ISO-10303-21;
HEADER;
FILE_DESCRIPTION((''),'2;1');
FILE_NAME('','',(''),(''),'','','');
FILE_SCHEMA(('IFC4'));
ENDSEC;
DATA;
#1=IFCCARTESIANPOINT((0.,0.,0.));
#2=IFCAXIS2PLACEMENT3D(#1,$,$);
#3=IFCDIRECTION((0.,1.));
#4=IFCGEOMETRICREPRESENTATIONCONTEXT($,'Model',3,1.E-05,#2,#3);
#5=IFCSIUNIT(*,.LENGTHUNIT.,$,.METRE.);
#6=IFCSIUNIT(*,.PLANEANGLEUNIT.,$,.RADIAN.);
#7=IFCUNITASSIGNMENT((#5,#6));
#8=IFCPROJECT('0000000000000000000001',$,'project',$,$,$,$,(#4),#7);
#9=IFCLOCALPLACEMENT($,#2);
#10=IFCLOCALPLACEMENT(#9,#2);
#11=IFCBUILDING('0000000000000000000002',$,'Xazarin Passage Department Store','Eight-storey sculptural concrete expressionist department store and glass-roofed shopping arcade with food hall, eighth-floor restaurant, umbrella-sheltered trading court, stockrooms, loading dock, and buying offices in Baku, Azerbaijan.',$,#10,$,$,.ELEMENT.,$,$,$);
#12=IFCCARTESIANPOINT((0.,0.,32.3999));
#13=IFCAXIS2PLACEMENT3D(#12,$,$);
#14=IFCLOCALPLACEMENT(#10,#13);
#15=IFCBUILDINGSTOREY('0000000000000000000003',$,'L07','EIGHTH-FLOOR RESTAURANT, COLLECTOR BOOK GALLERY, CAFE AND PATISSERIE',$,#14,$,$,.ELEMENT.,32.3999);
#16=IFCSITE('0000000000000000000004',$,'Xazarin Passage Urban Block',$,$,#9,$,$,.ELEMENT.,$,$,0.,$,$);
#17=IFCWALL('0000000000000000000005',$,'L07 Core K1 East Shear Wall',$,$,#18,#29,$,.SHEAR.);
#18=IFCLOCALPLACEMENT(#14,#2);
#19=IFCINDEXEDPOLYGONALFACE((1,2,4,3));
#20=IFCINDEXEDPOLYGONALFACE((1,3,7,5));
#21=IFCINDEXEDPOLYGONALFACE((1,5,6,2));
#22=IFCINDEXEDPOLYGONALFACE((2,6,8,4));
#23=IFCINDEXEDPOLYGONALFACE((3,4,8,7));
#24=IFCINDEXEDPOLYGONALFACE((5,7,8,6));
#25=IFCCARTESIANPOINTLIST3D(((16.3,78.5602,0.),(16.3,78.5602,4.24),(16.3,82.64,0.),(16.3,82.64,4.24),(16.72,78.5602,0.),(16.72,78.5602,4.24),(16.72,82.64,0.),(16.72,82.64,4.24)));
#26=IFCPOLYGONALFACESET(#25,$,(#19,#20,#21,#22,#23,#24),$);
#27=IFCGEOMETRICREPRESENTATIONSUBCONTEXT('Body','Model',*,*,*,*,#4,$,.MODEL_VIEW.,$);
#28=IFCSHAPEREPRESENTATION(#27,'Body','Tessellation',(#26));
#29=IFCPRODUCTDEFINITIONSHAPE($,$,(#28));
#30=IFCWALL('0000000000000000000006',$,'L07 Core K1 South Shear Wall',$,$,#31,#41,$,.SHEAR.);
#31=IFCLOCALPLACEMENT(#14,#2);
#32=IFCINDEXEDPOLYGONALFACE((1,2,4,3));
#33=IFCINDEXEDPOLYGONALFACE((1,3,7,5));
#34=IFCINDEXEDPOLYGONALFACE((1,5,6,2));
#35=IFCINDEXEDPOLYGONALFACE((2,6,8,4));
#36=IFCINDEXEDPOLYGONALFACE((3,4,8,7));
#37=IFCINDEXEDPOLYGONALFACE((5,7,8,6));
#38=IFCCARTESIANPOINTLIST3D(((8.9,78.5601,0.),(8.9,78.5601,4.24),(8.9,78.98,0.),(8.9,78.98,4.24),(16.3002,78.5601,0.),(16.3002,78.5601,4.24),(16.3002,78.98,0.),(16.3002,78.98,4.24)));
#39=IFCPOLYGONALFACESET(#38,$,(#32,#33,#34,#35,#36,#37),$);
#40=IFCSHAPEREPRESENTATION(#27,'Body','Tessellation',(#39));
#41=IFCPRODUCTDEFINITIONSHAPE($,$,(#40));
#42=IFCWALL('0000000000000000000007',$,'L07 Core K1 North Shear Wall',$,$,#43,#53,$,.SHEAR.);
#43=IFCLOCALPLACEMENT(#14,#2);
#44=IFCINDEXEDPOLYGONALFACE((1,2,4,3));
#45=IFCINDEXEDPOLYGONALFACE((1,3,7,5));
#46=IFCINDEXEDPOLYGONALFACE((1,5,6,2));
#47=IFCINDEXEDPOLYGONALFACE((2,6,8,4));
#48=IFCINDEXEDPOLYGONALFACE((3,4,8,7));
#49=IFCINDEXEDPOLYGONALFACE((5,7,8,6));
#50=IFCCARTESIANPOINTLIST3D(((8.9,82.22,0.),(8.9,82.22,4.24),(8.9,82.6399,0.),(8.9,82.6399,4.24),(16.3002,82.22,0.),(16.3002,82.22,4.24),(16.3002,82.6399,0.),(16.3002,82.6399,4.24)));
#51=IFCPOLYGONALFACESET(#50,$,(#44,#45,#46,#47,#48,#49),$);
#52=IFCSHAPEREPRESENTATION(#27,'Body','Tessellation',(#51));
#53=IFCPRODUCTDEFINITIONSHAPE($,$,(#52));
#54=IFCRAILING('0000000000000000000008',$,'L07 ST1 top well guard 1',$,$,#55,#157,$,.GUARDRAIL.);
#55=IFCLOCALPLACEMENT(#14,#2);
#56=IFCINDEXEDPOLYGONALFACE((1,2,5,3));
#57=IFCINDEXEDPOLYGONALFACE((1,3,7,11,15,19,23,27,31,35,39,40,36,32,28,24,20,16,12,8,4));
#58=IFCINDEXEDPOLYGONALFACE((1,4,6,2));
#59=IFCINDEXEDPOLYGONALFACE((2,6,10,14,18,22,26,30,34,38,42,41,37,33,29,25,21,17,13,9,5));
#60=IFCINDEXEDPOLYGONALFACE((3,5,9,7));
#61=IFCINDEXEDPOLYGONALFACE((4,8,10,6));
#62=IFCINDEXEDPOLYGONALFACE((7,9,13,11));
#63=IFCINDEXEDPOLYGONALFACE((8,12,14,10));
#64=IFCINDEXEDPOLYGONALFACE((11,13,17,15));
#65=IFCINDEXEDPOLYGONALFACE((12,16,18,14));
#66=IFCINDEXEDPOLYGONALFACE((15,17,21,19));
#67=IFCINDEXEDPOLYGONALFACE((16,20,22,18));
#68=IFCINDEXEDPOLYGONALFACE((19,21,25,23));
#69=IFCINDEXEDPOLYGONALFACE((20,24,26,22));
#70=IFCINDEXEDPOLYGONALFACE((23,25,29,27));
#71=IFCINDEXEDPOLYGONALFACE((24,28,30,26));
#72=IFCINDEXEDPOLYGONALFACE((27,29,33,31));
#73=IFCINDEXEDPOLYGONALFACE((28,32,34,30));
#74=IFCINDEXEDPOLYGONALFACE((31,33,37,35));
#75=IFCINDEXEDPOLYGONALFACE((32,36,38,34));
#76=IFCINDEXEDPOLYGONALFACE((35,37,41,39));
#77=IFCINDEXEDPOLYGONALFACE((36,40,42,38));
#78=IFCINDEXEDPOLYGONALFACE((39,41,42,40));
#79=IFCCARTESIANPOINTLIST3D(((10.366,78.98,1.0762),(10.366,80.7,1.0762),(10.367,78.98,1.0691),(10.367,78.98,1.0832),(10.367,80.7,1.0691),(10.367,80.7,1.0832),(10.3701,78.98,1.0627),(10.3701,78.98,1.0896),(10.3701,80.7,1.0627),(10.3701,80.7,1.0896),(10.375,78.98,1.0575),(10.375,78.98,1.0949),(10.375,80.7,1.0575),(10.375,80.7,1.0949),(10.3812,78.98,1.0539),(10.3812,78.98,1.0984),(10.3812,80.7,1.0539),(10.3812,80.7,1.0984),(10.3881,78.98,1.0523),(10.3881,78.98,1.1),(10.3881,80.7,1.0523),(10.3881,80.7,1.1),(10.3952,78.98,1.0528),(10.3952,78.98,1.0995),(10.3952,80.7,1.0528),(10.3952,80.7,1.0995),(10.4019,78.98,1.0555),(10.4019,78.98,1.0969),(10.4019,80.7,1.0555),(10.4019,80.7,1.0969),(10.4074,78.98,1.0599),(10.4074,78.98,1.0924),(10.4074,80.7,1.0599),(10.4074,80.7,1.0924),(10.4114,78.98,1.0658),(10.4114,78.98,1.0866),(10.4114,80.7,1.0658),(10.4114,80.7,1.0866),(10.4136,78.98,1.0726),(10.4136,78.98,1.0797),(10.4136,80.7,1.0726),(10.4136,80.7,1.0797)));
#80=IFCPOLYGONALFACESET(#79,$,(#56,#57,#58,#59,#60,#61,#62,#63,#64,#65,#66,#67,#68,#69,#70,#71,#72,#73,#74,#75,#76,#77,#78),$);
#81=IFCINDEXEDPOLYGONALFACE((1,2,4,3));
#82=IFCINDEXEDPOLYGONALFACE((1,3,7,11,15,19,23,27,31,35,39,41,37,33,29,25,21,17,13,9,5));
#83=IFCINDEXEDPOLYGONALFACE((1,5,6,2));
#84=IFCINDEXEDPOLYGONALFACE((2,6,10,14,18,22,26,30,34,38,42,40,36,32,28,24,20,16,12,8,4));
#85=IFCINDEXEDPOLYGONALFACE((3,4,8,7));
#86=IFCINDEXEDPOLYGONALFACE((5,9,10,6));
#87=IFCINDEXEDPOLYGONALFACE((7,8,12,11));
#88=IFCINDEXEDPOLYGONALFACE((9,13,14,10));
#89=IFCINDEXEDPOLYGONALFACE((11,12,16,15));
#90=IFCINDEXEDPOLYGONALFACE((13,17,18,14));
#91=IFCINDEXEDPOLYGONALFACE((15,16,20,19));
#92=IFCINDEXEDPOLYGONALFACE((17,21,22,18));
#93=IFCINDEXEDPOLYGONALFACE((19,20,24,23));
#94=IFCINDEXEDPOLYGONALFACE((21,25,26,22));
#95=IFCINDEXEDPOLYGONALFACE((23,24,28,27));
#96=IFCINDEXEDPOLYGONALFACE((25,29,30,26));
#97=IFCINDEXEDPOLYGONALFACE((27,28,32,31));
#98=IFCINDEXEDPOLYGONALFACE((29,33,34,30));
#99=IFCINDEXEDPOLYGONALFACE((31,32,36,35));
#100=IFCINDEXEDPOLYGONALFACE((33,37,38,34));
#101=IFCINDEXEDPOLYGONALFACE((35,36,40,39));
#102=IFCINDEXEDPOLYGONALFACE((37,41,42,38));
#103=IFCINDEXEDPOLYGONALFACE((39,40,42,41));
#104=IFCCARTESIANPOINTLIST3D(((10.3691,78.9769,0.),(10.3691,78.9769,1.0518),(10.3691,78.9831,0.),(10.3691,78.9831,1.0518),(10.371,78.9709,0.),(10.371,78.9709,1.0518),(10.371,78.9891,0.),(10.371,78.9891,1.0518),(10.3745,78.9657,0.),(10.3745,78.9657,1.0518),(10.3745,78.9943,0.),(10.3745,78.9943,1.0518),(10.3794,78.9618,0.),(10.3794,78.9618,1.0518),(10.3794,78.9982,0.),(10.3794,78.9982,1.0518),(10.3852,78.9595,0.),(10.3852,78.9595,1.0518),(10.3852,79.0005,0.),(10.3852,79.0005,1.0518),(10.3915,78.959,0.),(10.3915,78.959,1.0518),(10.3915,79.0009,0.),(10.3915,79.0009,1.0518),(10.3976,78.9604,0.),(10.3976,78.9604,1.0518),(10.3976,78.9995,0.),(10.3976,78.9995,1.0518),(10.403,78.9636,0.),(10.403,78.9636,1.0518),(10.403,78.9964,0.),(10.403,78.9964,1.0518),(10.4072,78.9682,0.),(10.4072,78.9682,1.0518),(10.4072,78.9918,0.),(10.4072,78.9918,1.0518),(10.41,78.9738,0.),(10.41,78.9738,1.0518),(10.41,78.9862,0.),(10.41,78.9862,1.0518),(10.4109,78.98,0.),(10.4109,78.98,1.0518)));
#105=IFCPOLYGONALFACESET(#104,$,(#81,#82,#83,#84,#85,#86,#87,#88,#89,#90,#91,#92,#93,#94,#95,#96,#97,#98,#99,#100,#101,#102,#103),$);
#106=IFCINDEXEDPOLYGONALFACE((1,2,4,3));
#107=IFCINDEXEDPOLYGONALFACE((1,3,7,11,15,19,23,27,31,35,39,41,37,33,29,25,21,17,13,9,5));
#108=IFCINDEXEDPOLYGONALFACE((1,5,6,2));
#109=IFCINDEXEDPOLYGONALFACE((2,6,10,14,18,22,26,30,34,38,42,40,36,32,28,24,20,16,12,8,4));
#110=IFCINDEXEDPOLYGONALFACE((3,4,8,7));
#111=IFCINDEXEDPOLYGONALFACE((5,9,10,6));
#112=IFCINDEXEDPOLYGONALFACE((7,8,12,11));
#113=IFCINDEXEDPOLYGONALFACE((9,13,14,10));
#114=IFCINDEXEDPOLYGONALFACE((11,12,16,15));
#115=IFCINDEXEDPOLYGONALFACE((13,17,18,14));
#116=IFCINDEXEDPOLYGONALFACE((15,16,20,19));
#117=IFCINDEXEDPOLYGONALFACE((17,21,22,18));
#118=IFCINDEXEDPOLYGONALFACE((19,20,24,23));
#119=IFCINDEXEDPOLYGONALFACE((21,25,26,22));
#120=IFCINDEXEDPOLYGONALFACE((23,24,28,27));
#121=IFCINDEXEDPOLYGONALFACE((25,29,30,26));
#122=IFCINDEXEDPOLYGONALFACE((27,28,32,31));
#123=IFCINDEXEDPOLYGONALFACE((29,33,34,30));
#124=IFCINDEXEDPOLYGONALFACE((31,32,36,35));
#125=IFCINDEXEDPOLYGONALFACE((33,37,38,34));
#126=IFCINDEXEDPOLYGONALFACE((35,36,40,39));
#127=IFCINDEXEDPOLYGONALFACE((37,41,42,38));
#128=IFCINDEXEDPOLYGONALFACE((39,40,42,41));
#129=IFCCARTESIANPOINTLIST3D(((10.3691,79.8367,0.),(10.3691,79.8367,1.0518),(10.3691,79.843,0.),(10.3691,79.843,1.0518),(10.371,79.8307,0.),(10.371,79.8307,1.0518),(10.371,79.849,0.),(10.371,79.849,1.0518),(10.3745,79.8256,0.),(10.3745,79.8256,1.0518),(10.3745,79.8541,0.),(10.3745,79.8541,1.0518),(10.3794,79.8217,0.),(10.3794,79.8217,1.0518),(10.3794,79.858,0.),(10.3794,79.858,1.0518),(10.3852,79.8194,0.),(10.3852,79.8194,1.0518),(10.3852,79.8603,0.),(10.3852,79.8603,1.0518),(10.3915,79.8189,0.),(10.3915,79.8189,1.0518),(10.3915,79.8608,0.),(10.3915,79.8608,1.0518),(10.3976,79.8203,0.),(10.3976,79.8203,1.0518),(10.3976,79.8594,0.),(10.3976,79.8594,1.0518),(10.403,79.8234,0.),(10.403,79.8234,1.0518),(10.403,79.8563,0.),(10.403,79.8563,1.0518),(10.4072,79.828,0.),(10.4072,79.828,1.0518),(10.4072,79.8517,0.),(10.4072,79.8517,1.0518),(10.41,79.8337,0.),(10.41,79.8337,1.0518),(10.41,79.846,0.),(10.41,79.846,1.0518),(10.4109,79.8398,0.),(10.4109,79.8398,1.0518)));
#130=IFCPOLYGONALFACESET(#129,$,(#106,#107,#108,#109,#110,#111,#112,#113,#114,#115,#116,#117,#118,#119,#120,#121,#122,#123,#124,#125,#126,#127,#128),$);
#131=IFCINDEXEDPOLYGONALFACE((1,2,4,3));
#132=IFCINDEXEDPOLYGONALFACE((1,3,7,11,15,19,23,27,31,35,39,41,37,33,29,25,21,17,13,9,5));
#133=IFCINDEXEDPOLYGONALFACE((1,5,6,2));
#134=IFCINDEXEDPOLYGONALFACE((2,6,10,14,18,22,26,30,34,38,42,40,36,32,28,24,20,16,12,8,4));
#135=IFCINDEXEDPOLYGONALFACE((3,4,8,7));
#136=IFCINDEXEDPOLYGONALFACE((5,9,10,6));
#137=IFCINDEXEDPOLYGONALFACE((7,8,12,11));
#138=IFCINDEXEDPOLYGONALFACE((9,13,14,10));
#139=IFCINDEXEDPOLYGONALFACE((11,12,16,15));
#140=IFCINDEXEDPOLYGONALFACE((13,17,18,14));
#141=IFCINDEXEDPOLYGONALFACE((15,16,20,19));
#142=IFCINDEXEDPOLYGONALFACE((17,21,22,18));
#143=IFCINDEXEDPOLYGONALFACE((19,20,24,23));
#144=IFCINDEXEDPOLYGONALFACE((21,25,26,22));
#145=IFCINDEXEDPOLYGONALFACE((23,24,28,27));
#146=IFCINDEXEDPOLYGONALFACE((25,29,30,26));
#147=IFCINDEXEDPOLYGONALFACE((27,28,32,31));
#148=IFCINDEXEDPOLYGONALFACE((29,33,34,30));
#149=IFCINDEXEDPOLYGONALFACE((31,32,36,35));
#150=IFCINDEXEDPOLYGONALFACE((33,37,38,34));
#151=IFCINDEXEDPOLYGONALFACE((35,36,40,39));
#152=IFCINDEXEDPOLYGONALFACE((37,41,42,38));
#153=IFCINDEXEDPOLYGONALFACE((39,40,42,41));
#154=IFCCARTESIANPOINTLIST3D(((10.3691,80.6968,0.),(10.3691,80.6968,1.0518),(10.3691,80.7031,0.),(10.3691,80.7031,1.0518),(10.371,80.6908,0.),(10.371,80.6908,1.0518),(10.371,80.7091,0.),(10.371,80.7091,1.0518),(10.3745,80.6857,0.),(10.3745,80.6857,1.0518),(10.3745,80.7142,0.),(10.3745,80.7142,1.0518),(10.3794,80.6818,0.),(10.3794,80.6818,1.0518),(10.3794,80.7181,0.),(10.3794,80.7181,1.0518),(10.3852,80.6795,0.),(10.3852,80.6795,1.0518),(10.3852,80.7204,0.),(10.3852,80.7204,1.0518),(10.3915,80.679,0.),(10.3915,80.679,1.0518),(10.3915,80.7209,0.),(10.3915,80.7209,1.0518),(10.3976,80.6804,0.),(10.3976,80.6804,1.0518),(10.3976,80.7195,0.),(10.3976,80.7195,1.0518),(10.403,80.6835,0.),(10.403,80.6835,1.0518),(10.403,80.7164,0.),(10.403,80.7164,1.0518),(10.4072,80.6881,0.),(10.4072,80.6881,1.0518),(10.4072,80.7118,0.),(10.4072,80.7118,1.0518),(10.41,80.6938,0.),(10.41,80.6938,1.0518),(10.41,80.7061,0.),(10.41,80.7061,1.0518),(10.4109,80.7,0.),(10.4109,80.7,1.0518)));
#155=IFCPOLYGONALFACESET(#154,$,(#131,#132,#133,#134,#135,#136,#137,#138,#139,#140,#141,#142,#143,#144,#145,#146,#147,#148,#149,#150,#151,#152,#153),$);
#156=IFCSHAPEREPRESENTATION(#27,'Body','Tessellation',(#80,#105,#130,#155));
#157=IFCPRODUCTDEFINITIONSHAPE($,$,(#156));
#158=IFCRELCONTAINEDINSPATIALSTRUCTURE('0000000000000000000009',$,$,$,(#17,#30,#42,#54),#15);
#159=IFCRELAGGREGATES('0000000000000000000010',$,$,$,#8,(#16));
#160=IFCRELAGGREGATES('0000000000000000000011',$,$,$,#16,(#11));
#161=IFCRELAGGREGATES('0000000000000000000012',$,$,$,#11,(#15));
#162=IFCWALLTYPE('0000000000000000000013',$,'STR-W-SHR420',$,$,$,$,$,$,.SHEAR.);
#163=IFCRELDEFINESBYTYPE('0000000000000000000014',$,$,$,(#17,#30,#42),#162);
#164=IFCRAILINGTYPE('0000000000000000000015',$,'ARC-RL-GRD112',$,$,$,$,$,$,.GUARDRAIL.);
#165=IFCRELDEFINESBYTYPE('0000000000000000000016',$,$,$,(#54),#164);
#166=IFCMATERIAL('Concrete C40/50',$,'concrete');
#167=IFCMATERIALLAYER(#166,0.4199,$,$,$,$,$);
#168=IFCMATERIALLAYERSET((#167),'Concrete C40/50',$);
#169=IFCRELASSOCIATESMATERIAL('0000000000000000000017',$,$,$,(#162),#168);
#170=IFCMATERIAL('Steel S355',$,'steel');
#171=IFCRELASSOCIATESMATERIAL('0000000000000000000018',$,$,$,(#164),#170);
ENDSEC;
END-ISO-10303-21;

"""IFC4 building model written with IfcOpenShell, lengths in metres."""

from ifc_helpers import new_model, si_unit, direction, frame, frame_2d, origin, origin_2d, place, context, subcontext, project, spatial, rectangle, circle, extrude, material, layer, layer_set, type_object, element, save


model = new_model("IFC4")

# Units and contexts
model_context = context("Model", 3, precision=1e-05, world=origin(), true_north=direction((0.0, 1.0)))
body_context = subcontext(model_context, "Body", "Model", "MODEL_VIEW")
ifc_project = project(units=[si_unit("LENGTHUNIT", "METRE"), si_unit("PLANEANGLEUNIT", "RADIAN")], contexts=[model_context])

# Site, building, storey
site_placement = place(None, origin())
site = spatial("IfcSite", under=ifc_project, at=site_placement, Name="Xazarin Passage Urban Block", CompositionType="ELEMENT", RefElevation=0.0)
building_placement = place(site_placement, origin())
building = spatial("IfcBuilding", under=site, at=building_placement, Name="Xazarin Passage Department Store", Description="Eight-storey sculptural concrete expressionist department store and glass-roofed shopping arcade with food hall, eighth-floor restaurant, umbrella-sheltered trading court, stockrooms, loading dock, and buying offices in Baku, Azerbaijan.", CompositionType="ELEMENT")
storey_placement = place(building_placement, frame((0.0, 0.0, 32.3999)))
storey = spatial("IfcBuildingStorey", under=building, at=storey_placement, Name="L07", Description="EIGHTH-FLOOR RESTAURANT, COLLECTOR BOOK GALLERY, CAFE AND PATISSERIE", CompositionType="ELEMENT", Elevation=32.3999)

# Shared definitions
ifc_material_1 = material(Name="Concrete C40/50", Category="concrete")

# Shared definitions
ifc_material_2 = material(Name="Steel S355", Category="steel")

# Shared definitions
ifc_layer_1 = layer(ifc_material_1, 0.4199)
ifc_layer_set_1 = layer_set([ifc_layer_1], Name="Concrete C40/50")
wall_type_1 = type_object("IfcWallType", Name="STR-W-SHR420", PredefinedType="SHEAR", material=ifc_layer_set_1)

# Walls
wall_1_placement = place(storey_placement, frame((16.51, 78.5601, 0.0), z_axis=(0.0, 0.0, 1.0), x_axis=(0.0, 1.0, 0.0)))
element("IfcWall", 1, at=wall_1_placement, inside=storey, type_object=wall_type_1, Name="L07 Core K1 East Shear Wall", PredefinedType="SHEAR", context=body_context, shape_type="SweptSolid", body=[
    extrude(rectangle(XDim=4.0798, YDim=0.4199, at=frame_2d((2.04, 0.0))), origin(), (0.0, 0.0, 1.0), 4.24),
])
for number, where, z_axis, x_axis, name in (
    (2, (8.8999, 78.77, 0.0), (0.0, 0.0, 1.0), (1.0, 0.0, 0.0), "L07 Core K1 South Shear Wall"),
    (3, (8.8999, 82.4299, 0.0), (0.0, 0.0, 1.0), (1.0, 0.0, 0.0), "L07 Core K1 North Shear Wall"),
):
    element("IfcWall", number, at=place(storey_placement, frame(where, z_axis=z_axis, x_axis=x_axis)), inside=storey, type_object=wall_type_1, Name=name, PredefinedType="SHEAR", context=body_context, shape_type="SweptSolid", body=[
        extrude(rectangle(XDim=7.4001, YDim=0.4199, at=frame_2d((3.7002, 0.0))), origin(), (0.0, 0.0, 1.0), 4.24),
    ])

# Railing
railing_type = type_object("IfcRailingType", Name="ARC-RL-GRD112", PredefinedType="GUARDRAIL", material=ifc_material_2)
for number, where, name in (
    (4, (10.3899, 78.98, 0.0), "L07 ST1 top well guard 1"),
):
    element("IfcRailing", number, at=place(storey_placement, frame(where)), inside=storey, type_object=railing_type, Name=name, PredefinedType="GUARDRAIL", context=body_context, shape_type="SweptSolid", body=[
        extrude(circle(Radius=0.0239, at=origin_2d()), frame((0.0, 0.0, 1.0762), z_axis=(0.0, 1.0, 0.0), x_axis=(-1.0, 0.0, 0.0)), (0.0, 0.0, 1.0), 1.72),
        extrude(circle(Radius=0.021, at=origin_2d()), origin(), (0.0, 0.0, 1.0), 1.0518),
        extrude(circle(Radius=0.021, at=origin_2d()), frame((0.0, 0.8599, 0.0)), (0.0, 0.0, 1.0), 1.0518),
        extrude(circle(Radius=0.021, at=origin_2d()), frame((0.0, 1.72, 0.0)), (0.0, 0.0, 1.0), 1.0518),
    ])

save(model, "model.ifc")
